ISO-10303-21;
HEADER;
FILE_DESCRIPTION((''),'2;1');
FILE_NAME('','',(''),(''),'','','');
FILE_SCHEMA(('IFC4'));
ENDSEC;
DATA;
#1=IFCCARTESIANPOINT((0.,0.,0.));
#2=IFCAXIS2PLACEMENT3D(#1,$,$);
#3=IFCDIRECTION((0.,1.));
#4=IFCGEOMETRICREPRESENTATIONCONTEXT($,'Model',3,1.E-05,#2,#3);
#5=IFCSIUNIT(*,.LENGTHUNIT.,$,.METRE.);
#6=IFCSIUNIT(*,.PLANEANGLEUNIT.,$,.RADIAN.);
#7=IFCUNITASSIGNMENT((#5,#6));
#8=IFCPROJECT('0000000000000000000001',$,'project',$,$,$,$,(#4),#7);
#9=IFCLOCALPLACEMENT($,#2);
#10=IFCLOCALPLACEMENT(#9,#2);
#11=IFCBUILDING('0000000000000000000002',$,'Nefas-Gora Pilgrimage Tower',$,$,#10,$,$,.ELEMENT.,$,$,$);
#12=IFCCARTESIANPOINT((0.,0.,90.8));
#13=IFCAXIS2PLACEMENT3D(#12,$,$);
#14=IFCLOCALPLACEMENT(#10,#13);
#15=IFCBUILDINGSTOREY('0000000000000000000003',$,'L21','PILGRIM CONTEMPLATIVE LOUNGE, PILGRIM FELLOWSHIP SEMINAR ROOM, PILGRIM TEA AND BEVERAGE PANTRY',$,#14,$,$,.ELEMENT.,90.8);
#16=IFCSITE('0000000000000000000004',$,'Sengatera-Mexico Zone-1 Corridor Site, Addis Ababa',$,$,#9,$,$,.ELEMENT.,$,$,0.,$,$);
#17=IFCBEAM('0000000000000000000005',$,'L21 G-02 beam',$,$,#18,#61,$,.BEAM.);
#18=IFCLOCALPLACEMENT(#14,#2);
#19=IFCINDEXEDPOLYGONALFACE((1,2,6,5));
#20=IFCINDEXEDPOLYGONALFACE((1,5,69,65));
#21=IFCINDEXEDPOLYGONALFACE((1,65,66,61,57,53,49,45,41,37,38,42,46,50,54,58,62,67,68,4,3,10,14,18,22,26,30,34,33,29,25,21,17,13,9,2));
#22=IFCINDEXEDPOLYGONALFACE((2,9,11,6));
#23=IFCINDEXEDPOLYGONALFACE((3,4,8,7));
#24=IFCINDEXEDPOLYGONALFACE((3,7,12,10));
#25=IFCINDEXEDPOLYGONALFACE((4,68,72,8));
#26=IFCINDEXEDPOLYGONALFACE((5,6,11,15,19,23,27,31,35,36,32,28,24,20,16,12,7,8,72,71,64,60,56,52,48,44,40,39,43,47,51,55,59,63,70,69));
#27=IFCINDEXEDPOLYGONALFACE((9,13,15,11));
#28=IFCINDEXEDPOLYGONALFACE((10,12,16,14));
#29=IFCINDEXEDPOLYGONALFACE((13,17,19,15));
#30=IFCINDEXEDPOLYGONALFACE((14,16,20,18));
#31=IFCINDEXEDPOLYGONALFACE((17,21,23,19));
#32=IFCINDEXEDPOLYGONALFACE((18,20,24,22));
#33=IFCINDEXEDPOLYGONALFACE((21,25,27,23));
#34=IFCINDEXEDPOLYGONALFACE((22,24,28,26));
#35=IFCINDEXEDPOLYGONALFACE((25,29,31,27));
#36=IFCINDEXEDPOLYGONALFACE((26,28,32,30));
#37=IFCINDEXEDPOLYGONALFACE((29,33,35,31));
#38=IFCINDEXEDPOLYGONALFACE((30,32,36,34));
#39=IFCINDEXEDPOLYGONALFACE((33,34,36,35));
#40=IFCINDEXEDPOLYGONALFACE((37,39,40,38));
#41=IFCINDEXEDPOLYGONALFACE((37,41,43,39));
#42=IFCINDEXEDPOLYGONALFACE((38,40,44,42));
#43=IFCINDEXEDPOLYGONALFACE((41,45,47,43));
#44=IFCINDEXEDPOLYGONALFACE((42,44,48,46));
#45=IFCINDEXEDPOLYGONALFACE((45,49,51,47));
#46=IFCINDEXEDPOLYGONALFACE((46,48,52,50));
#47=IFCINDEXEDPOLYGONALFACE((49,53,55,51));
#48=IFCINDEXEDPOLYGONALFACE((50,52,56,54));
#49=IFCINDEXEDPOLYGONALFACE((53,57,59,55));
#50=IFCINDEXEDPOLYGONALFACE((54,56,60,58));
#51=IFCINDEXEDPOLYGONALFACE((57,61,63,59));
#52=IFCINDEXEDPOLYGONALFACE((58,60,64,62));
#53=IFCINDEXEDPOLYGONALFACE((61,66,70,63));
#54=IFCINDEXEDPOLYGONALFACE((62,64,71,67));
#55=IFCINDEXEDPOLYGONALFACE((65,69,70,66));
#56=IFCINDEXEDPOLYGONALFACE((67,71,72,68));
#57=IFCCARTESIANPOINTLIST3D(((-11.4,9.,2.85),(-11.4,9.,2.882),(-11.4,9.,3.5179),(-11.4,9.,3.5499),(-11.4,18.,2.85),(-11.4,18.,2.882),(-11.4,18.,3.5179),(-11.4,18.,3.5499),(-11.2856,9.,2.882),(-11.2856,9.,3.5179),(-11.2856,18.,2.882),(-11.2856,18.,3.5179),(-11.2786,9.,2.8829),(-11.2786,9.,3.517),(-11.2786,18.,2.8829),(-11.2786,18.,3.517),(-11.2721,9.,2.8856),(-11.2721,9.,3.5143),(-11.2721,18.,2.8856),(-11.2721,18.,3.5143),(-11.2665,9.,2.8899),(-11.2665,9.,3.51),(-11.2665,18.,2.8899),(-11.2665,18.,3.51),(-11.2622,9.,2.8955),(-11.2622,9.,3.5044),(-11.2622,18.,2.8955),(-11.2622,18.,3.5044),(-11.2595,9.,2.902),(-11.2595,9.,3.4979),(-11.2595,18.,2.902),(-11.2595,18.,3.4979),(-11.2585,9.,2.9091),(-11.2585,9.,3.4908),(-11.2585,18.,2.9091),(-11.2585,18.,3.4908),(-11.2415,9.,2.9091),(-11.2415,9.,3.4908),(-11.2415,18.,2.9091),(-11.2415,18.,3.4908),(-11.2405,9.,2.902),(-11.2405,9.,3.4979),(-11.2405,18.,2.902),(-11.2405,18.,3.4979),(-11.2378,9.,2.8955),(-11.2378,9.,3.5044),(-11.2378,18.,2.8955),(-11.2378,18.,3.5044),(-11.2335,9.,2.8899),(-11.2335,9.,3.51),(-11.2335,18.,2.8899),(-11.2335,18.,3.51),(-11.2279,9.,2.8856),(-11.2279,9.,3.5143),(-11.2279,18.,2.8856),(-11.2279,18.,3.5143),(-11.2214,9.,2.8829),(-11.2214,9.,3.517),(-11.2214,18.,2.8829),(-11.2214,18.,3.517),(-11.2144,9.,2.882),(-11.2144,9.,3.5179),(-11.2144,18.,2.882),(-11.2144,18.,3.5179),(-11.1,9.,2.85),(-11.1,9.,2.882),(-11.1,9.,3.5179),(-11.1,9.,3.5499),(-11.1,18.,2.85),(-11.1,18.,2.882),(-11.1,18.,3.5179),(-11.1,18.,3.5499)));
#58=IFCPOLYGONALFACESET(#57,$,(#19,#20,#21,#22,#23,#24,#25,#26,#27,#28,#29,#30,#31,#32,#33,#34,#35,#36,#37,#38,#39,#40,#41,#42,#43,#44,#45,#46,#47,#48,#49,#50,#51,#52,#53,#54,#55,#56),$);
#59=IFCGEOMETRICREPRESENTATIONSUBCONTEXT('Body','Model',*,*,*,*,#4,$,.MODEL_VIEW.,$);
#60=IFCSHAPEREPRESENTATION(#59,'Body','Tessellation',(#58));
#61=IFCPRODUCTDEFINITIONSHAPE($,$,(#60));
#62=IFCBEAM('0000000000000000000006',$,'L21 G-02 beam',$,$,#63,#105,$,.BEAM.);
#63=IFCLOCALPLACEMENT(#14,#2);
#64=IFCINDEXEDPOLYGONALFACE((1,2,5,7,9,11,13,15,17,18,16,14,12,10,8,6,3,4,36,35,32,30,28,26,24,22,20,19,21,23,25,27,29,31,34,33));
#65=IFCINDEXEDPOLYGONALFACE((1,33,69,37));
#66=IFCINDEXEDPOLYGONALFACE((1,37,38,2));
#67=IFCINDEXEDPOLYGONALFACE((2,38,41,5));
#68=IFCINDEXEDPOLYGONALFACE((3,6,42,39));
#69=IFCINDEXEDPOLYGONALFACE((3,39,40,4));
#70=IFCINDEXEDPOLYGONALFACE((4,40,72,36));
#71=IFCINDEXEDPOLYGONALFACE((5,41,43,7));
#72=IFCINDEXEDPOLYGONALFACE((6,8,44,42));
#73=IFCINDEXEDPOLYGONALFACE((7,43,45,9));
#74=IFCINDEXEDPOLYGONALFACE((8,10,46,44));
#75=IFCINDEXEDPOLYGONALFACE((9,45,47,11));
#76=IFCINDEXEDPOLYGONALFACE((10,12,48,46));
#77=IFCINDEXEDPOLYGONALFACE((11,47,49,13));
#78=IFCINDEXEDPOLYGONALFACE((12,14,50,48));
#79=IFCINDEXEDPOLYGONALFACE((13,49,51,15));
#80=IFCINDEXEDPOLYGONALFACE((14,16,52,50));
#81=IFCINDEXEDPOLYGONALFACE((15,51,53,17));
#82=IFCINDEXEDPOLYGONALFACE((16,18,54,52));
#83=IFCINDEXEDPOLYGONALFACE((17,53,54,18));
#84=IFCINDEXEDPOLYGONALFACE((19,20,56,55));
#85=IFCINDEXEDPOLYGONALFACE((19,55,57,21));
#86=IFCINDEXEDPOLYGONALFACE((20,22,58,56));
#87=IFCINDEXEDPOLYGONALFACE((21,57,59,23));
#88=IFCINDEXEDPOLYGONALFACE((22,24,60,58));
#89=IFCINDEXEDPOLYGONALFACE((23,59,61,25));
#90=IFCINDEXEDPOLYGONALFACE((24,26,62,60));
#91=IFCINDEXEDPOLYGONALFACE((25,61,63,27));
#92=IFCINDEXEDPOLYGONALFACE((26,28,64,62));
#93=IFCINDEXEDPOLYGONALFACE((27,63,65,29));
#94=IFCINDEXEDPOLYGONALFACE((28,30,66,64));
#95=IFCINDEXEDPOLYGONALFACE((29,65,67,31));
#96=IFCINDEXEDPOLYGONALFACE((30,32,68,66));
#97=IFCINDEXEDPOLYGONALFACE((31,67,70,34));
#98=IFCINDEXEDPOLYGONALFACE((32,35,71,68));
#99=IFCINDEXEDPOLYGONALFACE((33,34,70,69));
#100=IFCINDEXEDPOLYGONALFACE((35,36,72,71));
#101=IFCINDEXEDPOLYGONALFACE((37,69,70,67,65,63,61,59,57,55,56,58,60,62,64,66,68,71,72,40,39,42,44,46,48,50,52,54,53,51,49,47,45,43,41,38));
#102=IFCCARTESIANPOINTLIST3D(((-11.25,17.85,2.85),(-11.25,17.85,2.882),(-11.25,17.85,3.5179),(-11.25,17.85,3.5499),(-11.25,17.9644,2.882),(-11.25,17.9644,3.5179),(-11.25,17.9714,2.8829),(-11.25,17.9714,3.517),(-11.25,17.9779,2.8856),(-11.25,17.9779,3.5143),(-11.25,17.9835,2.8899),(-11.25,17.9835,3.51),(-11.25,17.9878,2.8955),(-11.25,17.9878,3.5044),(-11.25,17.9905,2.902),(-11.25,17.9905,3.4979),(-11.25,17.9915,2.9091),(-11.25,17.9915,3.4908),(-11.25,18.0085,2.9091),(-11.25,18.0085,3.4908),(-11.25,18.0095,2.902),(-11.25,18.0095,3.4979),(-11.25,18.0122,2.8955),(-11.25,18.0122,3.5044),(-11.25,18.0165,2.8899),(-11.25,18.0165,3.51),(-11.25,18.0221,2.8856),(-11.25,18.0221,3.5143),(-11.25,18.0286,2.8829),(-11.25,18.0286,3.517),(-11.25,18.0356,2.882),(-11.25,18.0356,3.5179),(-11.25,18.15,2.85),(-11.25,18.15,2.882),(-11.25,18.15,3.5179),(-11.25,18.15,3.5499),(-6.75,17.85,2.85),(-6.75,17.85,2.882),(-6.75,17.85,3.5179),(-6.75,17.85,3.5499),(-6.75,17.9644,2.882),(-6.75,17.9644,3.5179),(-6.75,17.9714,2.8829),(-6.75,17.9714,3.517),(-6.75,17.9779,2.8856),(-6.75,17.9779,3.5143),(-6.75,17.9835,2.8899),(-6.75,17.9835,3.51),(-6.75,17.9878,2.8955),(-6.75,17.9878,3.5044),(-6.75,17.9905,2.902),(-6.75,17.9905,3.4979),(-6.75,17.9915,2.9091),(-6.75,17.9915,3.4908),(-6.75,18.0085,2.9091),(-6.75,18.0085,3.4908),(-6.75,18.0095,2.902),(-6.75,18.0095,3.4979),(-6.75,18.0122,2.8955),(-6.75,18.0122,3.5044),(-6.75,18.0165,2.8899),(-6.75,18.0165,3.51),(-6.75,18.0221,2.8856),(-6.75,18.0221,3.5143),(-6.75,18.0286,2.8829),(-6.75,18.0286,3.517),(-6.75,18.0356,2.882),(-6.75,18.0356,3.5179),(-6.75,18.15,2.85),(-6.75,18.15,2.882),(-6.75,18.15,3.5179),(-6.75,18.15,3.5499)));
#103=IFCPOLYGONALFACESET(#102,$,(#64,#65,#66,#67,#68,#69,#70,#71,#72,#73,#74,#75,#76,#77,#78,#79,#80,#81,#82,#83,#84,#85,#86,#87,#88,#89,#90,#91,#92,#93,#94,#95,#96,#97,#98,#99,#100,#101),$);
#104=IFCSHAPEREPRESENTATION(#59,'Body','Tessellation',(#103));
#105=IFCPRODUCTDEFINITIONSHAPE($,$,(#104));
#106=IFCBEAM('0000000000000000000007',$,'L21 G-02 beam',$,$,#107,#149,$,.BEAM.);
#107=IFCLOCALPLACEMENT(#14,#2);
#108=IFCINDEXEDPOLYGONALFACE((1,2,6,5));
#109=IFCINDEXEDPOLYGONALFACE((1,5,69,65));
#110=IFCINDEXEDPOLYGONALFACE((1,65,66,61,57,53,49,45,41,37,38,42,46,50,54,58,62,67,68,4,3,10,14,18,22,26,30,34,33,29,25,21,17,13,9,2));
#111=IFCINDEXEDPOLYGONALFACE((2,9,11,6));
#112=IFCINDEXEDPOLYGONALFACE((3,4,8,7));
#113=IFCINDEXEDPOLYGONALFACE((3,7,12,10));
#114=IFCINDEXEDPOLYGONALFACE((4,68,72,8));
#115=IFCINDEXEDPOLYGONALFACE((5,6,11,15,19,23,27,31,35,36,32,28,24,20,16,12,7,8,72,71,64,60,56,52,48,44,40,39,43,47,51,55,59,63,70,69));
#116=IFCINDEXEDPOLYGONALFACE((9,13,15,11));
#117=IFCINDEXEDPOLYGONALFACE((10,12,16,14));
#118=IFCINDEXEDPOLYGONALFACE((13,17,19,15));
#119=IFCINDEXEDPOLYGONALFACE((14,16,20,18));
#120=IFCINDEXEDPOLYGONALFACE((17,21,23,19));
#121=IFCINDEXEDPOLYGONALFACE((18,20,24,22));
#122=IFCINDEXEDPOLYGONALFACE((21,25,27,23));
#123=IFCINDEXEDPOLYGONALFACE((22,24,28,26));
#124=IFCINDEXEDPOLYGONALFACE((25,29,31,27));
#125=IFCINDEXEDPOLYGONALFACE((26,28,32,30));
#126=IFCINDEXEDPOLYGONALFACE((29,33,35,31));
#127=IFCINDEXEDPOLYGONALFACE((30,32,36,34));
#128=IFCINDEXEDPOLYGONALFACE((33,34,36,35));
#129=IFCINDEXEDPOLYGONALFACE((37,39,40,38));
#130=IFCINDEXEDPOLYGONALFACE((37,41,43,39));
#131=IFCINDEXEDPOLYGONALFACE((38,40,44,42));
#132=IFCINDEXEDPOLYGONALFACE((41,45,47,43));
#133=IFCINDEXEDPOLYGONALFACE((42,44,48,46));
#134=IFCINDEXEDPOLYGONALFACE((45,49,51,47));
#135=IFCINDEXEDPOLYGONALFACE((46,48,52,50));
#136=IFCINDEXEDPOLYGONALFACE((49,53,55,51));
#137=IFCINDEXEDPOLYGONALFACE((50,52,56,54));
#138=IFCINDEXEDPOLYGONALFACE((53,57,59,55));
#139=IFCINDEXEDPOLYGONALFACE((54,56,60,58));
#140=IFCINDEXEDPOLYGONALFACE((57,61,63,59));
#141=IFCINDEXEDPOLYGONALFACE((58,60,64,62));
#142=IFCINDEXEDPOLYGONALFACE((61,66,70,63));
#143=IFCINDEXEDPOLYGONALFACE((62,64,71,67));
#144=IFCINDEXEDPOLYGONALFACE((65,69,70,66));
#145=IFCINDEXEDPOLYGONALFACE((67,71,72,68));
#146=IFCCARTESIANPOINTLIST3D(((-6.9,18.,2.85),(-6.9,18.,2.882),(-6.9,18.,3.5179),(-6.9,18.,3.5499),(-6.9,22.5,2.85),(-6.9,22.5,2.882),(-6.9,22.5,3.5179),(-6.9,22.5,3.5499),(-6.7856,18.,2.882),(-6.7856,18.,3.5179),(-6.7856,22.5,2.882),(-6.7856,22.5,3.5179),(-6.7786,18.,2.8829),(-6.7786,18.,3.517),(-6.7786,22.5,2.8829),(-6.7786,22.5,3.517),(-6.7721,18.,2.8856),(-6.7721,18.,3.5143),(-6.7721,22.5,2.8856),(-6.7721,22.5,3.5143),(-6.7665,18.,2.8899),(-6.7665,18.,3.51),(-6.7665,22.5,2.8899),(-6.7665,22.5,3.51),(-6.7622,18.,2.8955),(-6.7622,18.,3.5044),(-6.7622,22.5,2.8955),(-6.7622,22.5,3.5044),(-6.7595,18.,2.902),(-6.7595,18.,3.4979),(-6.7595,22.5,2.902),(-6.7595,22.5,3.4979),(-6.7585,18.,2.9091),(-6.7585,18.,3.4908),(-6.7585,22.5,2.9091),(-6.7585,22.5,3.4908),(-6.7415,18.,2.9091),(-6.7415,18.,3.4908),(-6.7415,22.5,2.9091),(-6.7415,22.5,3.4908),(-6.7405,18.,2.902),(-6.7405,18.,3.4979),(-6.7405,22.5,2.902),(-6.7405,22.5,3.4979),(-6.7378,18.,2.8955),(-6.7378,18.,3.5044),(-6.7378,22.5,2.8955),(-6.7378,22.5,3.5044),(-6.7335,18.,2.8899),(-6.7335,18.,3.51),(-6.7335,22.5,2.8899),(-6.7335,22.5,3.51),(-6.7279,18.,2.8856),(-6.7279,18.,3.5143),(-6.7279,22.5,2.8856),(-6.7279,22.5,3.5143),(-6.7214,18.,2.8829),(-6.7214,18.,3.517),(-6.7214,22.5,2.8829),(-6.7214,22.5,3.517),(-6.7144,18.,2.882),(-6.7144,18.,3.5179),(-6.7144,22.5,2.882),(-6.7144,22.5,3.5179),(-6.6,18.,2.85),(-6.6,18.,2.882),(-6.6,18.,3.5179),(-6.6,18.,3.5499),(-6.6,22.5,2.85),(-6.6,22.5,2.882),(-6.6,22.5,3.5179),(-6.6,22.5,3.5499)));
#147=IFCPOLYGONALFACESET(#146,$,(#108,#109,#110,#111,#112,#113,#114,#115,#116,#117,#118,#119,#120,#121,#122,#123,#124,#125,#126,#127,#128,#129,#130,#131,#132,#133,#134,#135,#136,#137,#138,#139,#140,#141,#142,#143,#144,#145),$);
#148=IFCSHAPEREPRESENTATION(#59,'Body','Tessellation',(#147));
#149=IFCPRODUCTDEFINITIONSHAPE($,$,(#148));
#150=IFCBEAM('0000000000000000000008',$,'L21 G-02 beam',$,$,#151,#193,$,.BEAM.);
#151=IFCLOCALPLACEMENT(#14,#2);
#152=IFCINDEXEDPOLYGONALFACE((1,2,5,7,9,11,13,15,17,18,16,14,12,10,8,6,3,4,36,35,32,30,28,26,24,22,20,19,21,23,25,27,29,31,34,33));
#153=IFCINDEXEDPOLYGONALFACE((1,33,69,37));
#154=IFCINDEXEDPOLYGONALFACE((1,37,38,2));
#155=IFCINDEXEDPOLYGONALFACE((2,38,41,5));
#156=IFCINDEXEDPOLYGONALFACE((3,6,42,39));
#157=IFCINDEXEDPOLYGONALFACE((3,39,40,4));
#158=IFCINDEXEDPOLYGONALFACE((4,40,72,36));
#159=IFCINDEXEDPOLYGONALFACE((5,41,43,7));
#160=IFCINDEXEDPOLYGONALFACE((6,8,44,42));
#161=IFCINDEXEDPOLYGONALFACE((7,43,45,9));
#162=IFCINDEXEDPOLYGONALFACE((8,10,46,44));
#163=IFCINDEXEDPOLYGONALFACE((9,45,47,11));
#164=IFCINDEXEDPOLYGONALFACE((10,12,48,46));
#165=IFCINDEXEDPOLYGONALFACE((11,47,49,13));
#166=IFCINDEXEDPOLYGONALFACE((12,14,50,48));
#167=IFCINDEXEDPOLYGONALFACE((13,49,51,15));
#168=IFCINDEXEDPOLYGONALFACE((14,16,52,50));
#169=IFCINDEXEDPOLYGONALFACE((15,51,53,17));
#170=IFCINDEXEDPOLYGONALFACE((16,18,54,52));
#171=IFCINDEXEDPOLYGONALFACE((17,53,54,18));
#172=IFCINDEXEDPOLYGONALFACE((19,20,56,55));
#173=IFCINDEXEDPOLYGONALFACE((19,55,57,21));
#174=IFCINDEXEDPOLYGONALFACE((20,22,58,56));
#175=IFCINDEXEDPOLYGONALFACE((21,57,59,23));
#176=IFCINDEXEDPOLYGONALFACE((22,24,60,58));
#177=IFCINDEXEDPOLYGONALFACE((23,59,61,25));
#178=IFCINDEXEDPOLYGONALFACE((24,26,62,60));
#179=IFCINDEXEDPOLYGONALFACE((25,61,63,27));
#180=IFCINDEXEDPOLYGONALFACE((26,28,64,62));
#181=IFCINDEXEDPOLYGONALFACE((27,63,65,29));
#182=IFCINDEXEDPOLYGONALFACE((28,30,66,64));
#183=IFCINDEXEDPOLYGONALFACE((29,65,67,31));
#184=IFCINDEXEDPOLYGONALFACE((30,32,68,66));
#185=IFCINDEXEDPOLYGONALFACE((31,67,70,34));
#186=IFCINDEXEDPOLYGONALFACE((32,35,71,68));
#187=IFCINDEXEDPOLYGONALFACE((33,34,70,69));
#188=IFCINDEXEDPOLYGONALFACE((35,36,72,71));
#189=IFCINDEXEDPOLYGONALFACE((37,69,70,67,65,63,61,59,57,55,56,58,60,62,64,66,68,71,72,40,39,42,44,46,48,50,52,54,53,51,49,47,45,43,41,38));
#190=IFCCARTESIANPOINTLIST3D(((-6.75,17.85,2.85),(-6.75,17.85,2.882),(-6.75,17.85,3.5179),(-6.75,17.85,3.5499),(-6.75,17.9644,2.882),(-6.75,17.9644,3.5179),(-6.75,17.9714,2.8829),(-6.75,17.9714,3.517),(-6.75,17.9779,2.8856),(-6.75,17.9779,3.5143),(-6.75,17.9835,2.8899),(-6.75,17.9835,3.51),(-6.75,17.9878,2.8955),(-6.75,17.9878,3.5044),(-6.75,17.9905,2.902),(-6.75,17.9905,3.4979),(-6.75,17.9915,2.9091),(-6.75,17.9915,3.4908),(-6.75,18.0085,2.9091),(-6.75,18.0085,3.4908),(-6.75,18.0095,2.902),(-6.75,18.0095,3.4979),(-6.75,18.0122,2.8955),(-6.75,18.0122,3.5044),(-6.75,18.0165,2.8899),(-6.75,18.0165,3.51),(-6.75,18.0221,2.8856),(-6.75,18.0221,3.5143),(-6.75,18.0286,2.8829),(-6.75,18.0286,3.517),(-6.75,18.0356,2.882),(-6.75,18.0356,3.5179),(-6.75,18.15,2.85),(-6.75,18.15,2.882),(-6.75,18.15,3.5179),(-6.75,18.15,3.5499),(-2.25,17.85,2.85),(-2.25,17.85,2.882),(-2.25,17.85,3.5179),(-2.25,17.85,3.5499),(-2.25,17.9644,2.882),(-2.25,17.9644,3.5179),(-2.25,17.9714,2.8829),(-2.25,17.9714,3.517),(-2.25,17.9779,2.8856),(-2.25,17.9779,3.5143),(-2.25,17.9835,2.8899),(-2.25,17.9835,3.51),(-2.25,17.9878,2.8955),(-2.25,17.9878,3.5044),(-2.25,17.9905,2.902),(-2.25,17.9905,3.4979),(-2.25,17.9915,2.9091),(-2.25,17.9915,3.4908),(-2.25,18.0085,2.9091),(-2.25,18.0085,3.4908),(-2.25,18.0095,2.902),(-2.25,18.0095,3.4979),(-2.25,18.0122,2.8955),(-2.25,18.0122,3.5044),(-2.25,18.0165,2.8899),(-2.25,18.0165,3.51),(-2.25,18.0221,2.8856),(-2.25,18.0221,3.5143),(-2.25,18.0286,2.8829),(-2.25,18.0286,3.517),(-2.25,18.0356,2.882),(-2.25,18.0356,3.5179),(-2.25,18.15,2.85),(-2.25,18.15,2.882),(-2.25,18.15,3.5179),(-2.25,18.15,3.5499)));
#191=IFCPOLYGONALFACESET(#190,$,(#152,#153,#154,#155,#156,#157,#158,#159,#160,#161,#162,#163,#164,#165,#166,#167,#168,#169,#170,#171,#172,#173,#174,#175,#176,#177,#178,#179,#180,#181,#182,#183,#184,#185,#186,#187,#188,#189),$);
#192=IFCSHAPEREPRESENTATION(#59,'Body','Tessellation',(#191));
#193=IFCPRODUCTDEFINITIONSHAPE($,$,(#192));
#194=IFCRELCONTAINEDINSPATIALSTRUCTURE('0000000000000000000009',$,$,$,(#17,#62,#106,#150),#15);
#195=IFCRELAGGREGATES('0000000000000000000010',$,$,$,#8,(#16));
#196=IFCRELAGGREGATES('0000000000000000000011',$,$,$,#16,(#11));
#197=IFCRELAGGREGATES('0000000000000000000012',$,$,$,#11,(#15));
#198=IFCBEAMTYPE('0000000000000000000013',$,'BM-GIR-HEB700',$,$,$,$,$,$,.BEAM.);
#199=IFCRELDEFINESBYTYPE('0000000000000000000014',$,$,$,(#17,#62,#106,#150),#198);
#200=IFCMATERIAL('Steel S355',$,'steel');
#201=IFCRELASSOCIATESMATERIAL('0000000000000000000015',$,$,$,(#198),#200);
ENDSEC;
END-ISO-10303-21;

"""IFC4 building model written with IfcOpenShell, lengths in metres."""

from ifc_helpers import new_model, si_unit, direction, frame, origin, origin_2d, place, context, subcontext, project, spatial, i_section, extrude, source, transform, mapped, material, material_profile, profile_set, type_object, element, save


model = new_model("IFC4")

# Units and contexts
model_context = context("Model", 3, precision=1e-05, world=origin(), true_north=direction((0.0, 1.0)))
body_context = subcontext(model_context, "Body", "Model", "MODEL_VIEW")
ifc_project = project(units=[si_unit("LENGTHUNIT", "METRE"), si_unit("PLANEANGLEUNIT", "RADIAN")], contexts=[model_context])

# Site, building, storey
site_placement = place(None, origin())
site = spatial("IfcSite", under=ifc_project, at=site_placement, Name="Sengatera-Mexico Zone-1 Corridor Site, Addis Ababa", CompositionType="ELEMENT", RefElevation=0.0)
building_placement = place(site_placement, origin())
building = spatial("IfcBuilding", under=site, at=building_placement, Name="Nefas-Gora Pilgrimage Tower", CompositionType="ELEMENT")
storey_placement = place(building_placement, frame((0.0, 0.0, 90.8)))
storey = spatial("IfcBuildingStorey", under=building, at=storey_placement, Name="L21", Description="PILGRIM CONTEMPLATIVE LOUNGE, PILGRIM FELLOWSHIP SEMINAR ROOM, PILGRIM TEA AND BEVERAGE PANTRY", CompositionType="ELEMENT", Elevation=90.8)

# Beams
ifc_material_1 = material(Name="Steel S355", Category="steel")
ifc_material_profile_1 = material_profile(ifc_material_1, i_section(OverallWidth=0.3, OverallDepth=0.7, WebThickness=0.0171, FlangeThickness=0.032, FilletRadius=0.0271, at=origin_2d()), Name="HEB 700")
ifc_profile_set_1 = profile_set([ifc_material_profile_1], Name="Steel S355")
beam_type_1 = type_object("IfcBeamType", Name="BM-GIR-HEB700", PredefinedType="BEAM", material=ifc_profile_set_1)
shared_shape_1 = source(origin(), body_context, "Body", "SweptSolid", [
    extrude(i_section(OverallWidth=0.3, OverallDepth=0.7, WebThickness=0.0171, FlangeThickness=0.032, FilletRadius=0.0271, at=origin_2d()), origin(), (0.0, 0.0, 1.0), 9.0),
])
beam_1_placement = place(storey_placement, frame((-11.25, 9.0, 3.2), z_axis=(0.0, 1.0, 0.0), x_axis=(-1.0, 0.0, 0.0)))
element("IfcBeam", 1, at=beam_1_placement, inside=storey, type_object=beam_type_1, Name="L21 G-02 beam", PredefinedType="BEAM", context=body_context, shape_type="MappedRepresentation", body=[
    mapped(shared_shape_1, transform((0.0, 0.0, 0.0), x_axis=(1.0, 0.0, 0.0), y_axis=(0.0, 1.0, 0.0), z_axis=(0.0, 0.0, 1.0), scale=1.0)),
])
shared_shape_2 = source(origin(), body_context, "Body", "SweptSolid", [
    extrude(i_section(OverallWidth=0.3, OverallDepth=0.7, WebThickness=0.0171, FlangeThickness=0.032, FilletRadius=0.0271, at=origin_2d()), origin(), (0.0, 0.0, 1.0), 4.5),
])
for number, where, z_axis, x_axis, name in (
    (2, (-11.25, 18.0, 3.2), (1.0, 0.0, 0.0), (0.0, 1.0, 0.0), "L21 G-02 beam"),
    (3, (-6.75, 18.0, 3.2), (0.0, 1.0, 0.0), (-1.0, 0.0, 0.0), "L21 G-02 beam"),
    (4, (-6.75, 18.0, 3.2), (1.0, 0.0, 0.0), (0.0, 1.0, 0.0), "L21 G-02 beam"),
):
    element("IfcBeam", number, at=place(storey_placement, frame(where, z_axis=z_axis, x_axis=x_axis)), inside=storey, type_object=beam_type_1, Name=name, PredefinedType="BEAM", context=body_context, shape_type="MappedRepresentation", body=[
        mapped(shared_shape_2, transform((0.0, 0.0, 0.0), x_axis=(1.0, 0.0, 0.0), y_axis=(0.0, 1.0, 0.0), z_axis=(0.0, 0.0, 1.0), scale=1.0)),
    ])

save(model, "model.ifc")
